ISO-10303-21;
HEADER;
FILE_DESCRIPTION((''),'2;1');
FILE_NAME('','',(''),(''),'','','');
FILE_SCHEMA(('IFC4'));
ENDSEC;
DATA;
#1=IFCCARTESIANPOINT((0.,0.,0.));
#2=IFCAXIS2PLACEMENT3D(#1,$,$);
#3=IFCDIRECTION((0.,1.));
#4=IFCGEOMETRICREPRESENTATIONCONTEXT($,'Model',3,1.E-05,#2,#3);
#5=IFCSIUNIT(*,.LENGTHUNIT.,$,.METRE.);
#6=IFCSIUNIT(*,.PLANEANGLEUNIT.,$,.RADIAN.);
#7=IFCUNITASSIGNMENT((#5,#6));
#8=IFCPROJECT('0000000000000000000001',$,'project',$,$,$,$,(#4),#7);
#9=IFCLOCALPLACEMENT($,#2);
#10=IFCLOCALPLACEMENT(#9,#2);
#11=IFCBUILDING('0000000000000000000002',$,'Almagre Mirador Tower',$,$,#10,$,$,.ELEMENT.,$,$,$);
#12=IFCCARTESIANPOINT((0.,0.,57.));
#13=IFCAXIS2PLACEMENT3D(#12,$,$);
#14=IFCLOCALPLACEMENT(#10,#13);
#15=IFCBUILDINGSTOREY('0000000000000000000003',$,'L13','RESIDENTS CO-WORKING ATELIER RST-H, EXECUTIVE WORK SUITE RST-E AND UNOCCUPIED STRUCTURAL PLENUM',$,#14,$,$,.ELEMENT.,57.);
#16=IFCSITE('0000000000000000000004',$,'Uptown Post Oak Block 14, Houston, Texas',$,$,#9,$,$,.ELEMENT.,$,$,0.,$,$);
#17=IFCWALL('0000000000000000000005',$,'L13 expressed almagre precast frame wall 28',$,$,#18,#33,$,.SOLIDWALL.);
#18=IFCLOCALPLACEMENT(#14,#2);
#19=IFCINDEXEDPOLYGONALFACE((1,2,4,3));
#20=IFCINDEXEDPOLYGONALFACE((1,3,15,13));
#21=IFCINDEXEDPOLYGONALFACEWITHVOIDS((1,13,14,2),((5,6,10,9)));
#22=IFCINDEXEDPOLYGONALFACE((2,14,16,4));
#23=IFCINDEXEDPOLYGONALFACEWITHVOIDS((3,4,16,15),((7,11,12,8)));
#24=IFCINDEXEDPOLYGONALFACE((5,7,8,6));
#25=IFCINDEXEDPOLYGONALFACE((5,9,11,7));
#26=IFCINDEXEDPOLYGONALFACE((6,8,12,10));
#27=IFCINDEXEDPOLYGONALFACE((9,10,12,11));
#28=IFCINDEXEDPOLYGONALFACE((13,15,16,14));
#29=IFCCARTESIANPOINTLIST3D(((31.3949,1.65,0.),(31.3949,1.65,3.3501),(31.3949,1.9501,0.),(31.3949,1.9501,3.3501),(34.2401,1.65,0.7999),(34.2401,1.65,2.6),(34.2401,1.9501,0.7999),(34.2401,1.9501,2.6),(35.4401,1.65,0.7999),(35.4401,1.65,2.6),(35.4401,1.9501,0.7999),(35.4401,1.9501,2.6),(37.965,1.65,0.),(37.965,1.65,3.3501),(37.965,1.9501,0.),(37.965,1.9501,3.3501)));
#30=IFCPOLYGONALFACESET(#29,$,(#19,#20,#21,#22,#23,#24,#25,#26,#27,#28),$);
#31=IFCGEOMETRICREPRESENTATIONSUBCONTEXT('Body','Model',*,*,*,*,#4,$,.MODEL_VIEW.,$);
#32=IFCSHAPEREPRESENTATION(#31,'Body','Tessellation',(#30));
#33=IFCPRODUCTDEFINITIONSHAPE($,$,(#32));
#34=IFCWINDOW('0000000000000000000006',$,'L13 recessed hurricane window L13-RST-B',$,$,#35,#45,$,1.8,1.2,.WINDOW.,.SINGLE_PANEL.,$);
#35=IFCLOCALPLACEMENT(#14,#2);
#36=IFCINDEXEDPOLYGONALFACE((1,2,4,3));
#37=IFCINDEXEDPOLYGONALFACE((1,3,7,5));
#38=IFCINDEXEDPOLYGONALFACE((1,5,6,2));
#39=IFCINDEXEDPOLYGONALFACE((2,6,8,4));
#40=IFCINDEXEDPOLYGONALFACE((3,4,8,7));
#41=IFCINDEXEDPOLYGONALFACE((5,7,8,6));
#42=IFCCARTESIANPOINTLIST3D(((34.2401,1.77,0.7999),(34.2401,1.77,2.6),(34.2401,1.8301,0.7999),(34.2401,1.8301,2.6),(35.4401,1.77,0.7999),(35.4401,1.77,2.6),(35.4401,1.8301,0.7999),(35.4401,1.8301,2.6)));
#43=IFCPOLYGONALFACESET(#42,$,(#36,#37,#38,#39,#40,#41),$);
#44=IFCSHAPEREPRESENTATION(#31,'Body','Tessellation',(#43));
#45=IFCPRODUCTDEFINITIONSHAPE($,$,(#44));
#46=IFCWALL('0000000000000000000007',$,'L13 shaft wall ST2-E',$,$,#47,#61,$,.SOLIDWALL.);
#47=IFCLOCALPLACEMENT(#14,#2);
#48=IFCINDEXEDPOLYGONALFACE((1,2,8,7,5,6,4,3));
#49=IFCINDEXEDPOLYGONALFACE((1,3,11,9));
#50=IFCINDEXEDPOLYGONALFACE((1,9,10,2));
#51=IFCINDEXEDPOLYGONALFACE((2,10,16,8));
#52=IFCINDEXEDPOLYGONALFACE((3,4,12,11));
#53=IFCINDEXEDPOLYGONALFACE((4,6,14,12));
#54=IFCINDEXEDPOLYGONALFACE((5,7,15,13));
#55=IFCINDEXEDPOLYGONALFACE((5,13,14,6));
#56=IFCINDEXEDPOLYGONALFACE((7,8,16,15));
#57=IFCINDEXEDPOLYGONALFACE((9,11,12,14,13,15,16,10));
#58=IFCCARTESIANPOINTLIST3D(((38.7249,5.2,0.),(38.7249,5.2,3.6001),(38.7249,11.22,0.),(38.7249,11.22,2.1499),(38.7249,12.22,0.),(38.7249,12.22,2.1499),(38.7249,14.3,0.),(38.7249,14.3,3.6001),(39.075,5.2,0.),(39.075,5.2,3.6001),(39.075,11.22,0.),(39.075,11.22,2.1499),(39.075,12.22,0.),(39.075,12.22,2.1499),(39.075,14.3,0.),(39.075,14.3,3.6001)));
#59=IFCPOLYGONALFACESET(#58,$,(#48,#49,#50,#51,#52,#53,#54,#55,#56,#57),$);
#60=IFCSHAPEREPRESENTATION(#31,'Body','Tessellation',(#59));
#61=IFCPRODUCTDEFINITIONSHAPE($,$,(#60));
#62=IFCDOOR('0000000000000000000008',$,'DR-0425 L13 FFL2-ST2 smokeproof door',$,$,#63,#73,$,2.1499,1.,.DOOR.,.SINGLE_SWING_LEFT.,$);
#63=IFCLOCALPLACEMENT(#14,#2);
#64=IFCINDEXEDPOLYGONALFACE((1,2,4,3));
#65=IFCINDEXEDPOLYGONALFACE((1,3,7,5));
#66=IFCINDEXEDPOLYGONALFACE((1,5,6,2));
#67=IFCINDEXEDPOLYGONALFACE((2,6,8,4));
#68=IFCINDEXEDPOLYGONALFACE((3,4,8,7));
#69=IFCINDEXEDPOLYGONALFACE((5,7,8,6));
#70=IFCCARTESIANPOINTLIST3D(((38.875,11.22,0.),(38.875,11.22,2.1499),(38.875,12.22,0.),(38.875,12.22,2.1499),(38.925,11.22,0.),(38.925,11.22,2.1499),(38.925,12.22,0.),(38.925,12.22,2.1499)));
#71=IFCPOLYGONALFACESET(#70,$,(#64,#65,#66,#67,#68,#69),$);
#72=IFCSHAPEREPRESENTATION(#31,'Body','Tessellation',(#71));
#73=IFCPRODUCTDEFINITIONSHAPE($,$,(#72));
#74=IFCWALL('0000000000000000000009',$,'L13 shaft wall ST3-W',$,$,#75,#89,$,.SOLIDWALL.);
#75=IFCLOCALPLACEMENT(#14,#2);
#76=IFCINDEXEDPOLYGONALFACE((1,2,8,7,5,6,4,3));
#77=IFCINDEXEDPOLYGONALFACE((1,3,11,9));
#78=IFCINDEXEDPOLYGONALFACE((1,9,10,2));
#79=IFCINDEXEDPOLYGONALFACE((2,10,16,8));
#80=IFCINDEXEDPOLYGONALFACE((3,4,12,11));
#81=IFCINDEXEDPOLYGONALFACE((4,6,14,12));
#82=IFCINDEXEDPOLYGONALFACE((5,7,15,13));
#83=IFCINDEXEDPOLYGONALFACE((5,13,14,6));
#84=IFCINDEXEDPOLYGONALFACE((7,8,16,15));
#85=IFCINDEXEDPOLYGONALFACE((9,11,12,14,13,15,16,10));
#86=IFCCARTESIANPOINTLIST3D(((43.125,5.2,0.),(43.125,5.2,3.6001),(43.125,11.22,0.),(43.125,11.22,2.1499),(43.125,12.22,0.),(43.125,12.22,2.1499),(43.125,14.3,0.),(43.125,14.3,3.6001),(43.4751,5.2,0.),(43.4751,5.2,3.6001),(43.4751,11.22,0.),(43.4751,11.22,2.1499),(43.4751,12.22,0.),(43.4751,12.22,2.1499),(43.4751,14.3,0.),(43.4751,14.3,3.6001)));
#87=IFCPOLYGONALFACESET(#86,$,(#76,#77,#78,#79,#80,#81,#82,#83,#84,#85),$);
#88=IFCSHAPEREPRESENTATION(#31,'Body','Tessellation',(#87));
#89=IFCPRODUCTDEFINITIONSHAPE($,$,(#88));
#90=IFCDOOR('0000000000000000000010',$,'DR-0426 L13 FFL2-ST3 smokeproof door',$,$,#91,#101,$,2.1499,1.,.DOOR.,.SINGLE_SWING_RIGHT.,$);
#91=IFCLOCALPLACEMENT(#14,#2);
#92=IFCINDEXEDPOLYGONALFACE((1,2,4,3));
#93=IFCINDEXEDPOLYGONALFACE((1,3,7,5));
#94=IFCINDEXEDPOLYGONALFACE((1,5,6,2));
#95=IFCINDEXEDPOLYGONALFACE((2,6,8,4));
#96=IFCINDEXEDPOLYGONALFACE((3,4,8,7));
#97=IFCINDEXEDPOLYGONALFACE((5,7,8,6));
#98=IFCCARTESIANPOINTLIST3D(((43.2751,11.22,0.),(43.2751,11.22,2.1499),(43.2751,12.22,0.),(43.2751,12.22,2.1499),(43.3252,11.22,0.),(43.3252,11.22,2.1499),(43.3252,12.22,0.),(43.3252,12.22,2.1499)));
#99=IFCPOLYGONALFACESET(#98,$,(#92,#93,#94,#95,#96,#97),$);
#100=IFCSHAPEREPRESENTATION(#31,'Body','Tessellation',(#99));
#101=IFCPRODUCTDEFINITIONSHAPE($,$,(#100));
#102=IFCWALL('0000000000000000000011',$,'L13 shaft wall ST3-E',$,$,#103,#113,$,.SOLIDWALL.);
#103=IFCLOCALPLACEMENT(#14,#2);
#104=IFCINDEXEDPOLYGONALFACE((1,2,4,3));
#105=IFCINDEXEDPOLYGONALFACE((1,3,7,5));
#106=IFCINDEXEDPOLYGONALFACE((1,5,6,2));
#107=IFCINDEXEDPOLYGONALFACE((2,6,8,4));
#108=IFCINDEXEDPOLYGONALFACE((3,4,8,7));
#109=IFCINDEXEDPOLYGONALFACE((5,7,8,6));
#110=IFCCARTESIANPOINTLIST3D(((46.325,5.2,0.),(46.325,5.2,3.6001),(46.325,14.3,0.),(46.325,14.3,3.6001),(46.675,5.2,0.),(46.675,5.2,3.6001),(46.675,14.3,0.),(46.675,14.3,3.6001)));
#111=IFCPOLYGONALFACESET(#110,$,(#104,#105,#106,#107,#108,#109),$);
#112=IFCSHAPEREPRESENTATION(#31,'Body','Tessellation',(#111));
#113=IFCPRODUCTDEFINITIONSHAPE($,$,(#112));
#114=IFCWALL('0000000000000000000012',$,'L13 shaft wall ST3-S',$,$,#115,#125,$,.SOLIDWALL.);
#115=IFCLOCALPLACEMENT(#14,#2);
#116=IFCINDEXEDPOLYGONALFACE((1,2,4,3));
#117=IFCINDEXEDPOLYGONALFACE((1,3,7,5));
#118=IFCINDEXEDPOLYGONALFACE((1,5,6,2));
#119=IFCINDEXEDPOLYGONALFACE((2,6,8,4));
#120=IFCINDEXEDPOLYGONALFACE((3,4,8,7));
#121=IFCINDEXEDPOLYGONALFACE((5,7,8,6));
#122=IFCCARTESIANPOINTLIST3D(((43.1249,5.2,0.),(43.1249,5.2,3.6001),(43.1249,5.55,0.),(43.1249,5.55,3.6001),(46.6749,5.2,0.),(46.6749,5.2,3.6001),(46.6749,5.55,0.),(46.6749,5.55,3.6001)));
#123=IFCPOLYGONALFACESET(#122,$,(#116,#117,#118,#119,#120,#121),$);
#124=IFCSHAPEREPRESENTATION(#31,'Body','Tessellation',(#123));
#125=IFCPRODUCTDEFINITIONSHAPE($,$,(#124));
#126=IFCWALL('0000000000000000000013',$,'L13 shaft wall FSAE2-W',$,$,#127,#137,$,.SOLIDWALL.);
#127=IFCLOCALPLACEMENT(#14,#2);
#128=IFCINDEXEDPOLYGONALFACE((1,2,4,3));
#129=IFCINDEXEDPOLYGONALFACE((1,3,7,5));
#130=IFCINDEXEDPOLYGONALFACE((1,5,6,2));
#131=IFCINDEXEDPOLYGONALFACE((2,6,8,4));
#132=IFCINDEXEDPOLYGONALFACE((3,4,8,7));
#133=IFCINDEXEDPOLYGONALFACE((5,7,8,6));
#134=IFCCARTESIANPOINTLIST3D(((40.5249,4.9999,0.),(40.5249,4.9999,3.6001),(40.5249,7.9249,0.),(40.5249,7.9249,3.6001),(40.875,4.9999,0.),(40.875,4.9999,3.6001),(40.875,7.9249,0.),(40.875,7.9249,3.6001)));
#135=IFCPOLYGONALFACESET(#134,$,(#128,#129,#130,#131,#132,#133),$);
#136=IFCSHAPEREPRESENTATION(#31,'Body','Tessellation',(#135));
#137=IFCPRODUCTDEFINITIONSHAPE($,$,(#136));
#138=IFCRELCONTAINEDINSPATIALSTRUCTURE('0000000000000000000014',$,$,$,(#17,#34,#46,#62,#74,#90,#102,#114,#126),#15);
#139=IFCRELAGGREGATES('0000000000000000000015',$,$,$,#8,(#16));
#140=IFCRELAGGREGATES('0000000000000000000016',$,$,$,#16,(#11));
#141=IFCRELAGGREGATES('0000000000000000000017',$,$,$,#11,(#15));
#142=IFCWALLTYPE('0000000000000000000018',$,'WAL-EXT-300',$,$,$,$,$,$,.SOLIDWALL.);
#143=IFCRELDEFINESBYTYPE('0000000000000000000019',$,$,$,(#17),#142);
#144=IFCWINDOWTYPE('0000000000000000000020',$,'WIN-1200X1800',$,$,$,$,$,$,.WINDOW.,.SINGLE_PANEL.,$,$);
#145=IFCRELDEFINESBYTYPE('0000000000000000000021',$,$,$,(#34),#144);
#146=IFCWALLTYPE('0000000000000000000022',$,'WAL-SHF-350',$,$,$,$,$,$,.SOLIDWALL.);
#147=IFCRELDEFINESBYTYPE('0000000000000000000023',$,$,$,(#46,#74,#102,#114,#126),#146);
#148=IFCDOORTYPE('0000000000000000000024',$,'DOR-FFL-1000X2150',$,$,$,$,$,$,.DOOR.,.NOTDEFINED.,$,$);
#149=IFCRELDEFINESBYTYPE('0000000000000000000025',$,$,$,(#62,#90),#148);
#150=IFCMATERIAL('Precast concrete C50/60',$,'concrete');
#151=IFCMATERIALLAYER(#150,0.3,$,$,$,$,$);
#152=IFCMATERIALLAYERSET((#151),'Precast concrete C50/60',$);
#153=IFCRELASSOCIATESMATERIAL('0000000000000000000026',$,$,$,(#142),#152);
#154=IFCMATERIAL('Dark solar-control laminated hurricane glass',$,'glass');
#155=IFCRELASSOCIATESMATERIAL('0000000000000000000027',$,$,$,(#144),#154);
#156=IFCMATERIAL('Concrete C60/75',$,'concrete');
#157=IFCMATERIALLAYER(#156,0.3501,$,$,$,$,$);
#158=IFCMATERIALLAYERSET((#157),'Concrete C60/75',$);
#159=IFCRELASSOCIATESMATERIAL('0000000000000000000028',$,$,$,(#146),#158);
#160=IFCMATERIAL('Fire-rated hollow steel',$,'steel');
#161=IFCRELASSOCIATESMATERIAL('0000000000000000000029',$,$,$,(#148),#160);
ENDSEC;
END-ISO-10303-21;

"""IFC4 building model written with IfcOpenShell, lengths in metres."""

from ifc_helpers import new_model, si_unit, direction, frame, frame_2d, origin, place, context, subcontext, project, spatial, rectangle, extrude, material, layer, layer_set, type_object, element, fill, save


model = new_model("IFC4")

# Units and contexts
model_context = context("Model", 3, precision=1e-05, world=origin(), true_north=direction((0.0, 1.0)))
body_context = subcontext(model_context, "Body", "Model", "MODEL_VIEW")
ifc_project = project(units=[si_unit("LENGTHUNIT", "METRE"), si_unit("PLANEANGLEUNIT", "RADIAN")], contexts=[model_context])

# Site, building, storey
site_placement = place(None, origin())
site = spatial("IfcSite", under=ifc_project, at=site_placement, Name="Uptown Post Oak Block 14, Houston, Texas", CompositionType="ELEMENT", RefElevation=0.0)
building_placement = place(site_placement, origin())
building = spatial("IfcBuilding", under=site, at=building_placement, Name="Almagre Mirador Tower", CompositionType="ELEMENT")
storey_placement = place(building_placement, frame((0.0, 0.0, 57.0)))
storey = spatial("IfcBuildingStorey", under=building, at=storey_placement, Name="L13", Description="RESIDENTS CO-WORKING ATELIER RST-H, EXECUTIVE WORK SUITE RST-E AND UNOCCUPIED STRUCTURAL PLENUM", CompositionType="ELEMENT", Elevation=57.0)

# Shared definitions
ifc_material_1 = material(Name="Precast concrete C50/60", Category="concrete")
ifc_layer_1 = layer(ifc_material_1, 0.3)
ifc_layer_set_1 = layer_set([ifc_layer_1], Name="Precast concrete C50/60")
wall_type_1 = type_object("IfcWallType", Name="WAL-EXT-300", PredefinedType="SOLIDWALL", material=ifc_layer_set_1)

# Wall, opening, window
wall_1_placement = place(storey_placement, frame((37.9651, 1.8, 0.0), z_axis=(0.0, 0.0, 1.0), x_axis=(-1.0, 0.0, 0.0)))
wall_1 = element("IfcWall", 1, at=wall_1_placement, inside=storey, type_object=wall_type_1, Name="L13 expressed almagre precast frame wall 28", PredefinedType="SOLIDWALL", context=body_context, shape_type="SweptSolid", body=[
    extrude(rectangle(XDim=6.5701, YDim=0.3, at=frame_2d((3.2852, 0.0))), origin(), (0.0, 0.0, 1.0), 3.3501),
])
opening_1_placement = place(wall_1_placement, frame((2.5249, 0.0, 0.8)))
opening_1 = element("IfcOpeningElement", 2, at=opening_1_placement, cuts=wall_1, PredefinedType="OPENING", context=body_context, shape_type="SweptSolid", body=[
    extrude(rectangle(XDim=1.2, YDim=1.8, at=frame_2d((0.6001, 0.8999))), frame((0.0, 0.1599, 0.0), z_axis=(0.0, -1.0, 0.0), x_axis=(1.0, 0.0, 0.0)), (0.0, 0.0, 1.0), 0.32),
])
ifc_material_2 = material(Name="Dark solar-control laminated hurricane glass", Category="glass")
window_type = type_object("IfcWindowType", Name="WIN-1200X1800", PartitioningType="SINGLE_PANEL", PredefinedType="WINDOW", material=ifc_material_2)
window_placement = place(opening_1_placement, origin())
window = element("IfcWindow", 3, at=window_placement, inside=storey, type_object=window_type, Name="L13 recessed hurricane window L13-RST-B", OverallHeight=1.8, OverallWidth=1.2, PartitioningType="SINGLE_PANEL", PredefinedType="WINDOW", context=body_context, shape_type="SweptSolid", body=[
    extrude(rectangle(XDim=1.2, YDim=1.8, at=frame_2d((0.6001, 0.8999))), frame((0.0, 0.03, 0.0), z_axis=(0.0, -1.0, 0.0), x_axis=(1.0, 0.0, 0.0)), (0.0, 0.0, 1.0), 0.0601),
])
fill(opening_1, window)

# Walls, openings, doors
ifc_material_3 = material(Name="Concrete C60/75", Category="concrete")
ifc_layer_2 = layer(ifc_material_3, 0.3501)
ifc_layer_set_2 = layer_set([ifc_layer_2], Name="Concrete C60/75")
wall_type_2 = type_object("IfcWallType", Name="WAL-SHF-350", PredefinedType="SOLIDWALL", material=ifc_layer_set_2)
wall_2_placement = place(storey_placement, frame((38.8999, 5.2, 0.0), z_axis=(0.0, 0.0, 1.0), x_axis=(0.0, 1.0, 0.0)))
wall_2 = element("IfcWall", 4, at=wall_2_placement, inside=storey, type_object=wall_type_2, Name="L13 shaft wall ST2-E", PredefinedType="SOLIDWALL", context=body_context, shape_type="SweptSolid", body=[
    extrude(rectangle(XDim=9.1001, YDim=0.3501, at=frame_2d((4.55, 0.0))), origin(), (0.0, 0.0, 1.0), 3.6001),
])
opening_2_placement = place(wall_2_placement, frame((6.02, 0.0, 0.0)))
opening_2 = element("IfcOpeningElement", 5, at=opening_2_placement, cuts=wall_2, PredefinedType="OPENING", context=body_context, shape_type="SweptSolid", body=[
    extrude(rectangle(XDim=1.0, YDim=2.1499, at=frame_2d((0.5, 1.075))), frame((0.0, 0.185, 0.0), z_axis=(0.0, -1.0, 0.0), x_axis=(1.0, 0.0, 0.0)), (0.0, 0.0, 1.0), 0.3701),
])
ifc_material_4 = material(Name="Fire-rated hollow steel", Category="steel")
door_type = type_object("IfcDoorType", Name="DOR-FFL-1000X2150", OperationType="NOTDEFINED", PredefinedType="DOOR", material=ifc_material_4)
door_1_placement = place(opening_2_placement, origin())
door_1 = element("IfcDoor", 6, at=door_1_placement, inside=storey, type_object=door_type, Name="DR-0425 L13 FFL2-ST2 smokeproof door", OperationType="SINGLE_SWING_LEFT", OverallHeight=2.1499, OverallWidth=1.0, PredefinedType="DOOR", context=body_context, shape_type="SweptSolid", body=[
    extrude(rectangle(XDim=1.0, YDim=2.1499, at=frame_2d((0.5, 1.075))), frame((0.0, 0.0249, 0.0), z_axis=(0.0, -1.0, 0.0), x_axis=(1.0, 0.0, 0.0)), (0.0, 0.0, 1.0), 0.05),
])
fill(opening_2, door_1)
wall_3_placement = place(storey_placement, frame((43.3, 5.2, 0.0), z_axis=(0.0, 0.0, 1.0), x_axis=(0.0, 1.0, 0.0)))
wall_3 = element("IfcWall", 7, at=wall_3_placement, inside=storey, type_object=wall_type_2, Name="L13 shaft wall ST3-W", PredefinedType="SOLIDWALL", context=body_context, shape_type="SweptSolid", body=[
    extrude(rectangle(XDim=9.1001, YDim=0.3501, at=frame_2d((4.55, 0.0))), origin(), (0.0, 0.0, 1.0), 3.6001),
])
opening_3_placement = place(wall_3_placement, frame((6.02, 0.0, 0.0)))
opening_3 = element("IfcOpeningElement", 8, at=opening_3_placement, cuts=wall_3, PredefinedType="OPENING", context=body_context, shape_type="SweptSolid", body=[
    extrude(rectangle(XDim=1.0, YDim=2.1499, at=frame_2d((0.5, 1.075))), frame((0.0, 0.185, 0.0), z_axis=(0.0, -1.0, 0.0), x_axis=(1.0, 0.0, 0.0)), (0.0, 0.0, 1.0), 0.3701),
])
door_2_placement = place(opening_3_placement, origin())
door_2 = element("IfcDoor", 9, at=door_2_placement, inside=storey, type_object=door_type, Name="DR-0426 L13 FFL2-ST3 smokeproof door", OperationType="SINGLE_SWING_RIGHT", OverallHeight=2.1499, OverallWidth=1.0, PredefinedType="DOOR", context=body_context, shape_type="SweptSolid", body=[
    extrude(rectangle(XDim=1.0, YDim=2.1499, at=frame_2d((0.5, 1.075))), frame((0.0, 0.0249, 0.0), z_axis=(0.0, -1.0, 0.0), x_axis=(1.0, 0.0, 0.0)), (0.0, 0.0, 1.0), 0.05),
])
fill(opening_3, door_2)

# Walls
wall_4_placement = place(storey_placement, frame((46.5, 5.2, 0.0), z_axis=(0.0, 0.0, 1.0), x_axis=(0.0, 1.0, 0.0)))
element("IfcWall", 10, at=wall_4_placement, inside=storey, type_object=wall_type_2, Name="L13 shaft wall ST3-E", PredefinedType="SOLIDWALL", context=body_context, shape_type="SweptSolid", body=[
    extrude(rectangle(XDim=9.1001, YDim=0.3501, at=frame_2d((4.55, 0.0))), origin(), (0.0, 0.0, 1.0), 3.6001),
])
wall_5_placement = place(storey_placement, frame((43.125, 5.375, 0.0), z_axis=(0.0, 0.0, 1.0), x_axis=(1.0, 0.0, 0.0)))
element("IfcWall", 11, at=wall_5_placement, inside=storey, type_object=wall_type_2, Name="L13 shaft wall ST3-S", PredefinedType="SOLIDWALL", context=body_context, shape_type="SweptSolid", body=[
    extrude(rectangle(XDim=3.55, YDim=0.3501, at=frame_2d((1.7749, 0.0))), origin(), (0.0, 0.0, 1.0), 3.6001),
])
wall_6_placement = place(storey_placement, frame((40.7, 5.0, 0.0), z_axis=(0.0, 0.0, 1.0), x_axis=(0.0, 1.0, 0.0)))
element("IfcWall", 12, at=wall_6_placement, inside=storey, type_object=wall_type_2, Name="L13 shaft wall FSAE2-W", PredefinedType="SOLIDWALL", context=body_context, shape_type="SweptSolid", body=[
    extrude(rectangle(XDim=2.925, YDim=0.3501, at=frame_2d((1.4624, 0.0))), origin(), (0.0, 0.0, 1.0), 3.6001),
])

save(model, "model.ifc")
